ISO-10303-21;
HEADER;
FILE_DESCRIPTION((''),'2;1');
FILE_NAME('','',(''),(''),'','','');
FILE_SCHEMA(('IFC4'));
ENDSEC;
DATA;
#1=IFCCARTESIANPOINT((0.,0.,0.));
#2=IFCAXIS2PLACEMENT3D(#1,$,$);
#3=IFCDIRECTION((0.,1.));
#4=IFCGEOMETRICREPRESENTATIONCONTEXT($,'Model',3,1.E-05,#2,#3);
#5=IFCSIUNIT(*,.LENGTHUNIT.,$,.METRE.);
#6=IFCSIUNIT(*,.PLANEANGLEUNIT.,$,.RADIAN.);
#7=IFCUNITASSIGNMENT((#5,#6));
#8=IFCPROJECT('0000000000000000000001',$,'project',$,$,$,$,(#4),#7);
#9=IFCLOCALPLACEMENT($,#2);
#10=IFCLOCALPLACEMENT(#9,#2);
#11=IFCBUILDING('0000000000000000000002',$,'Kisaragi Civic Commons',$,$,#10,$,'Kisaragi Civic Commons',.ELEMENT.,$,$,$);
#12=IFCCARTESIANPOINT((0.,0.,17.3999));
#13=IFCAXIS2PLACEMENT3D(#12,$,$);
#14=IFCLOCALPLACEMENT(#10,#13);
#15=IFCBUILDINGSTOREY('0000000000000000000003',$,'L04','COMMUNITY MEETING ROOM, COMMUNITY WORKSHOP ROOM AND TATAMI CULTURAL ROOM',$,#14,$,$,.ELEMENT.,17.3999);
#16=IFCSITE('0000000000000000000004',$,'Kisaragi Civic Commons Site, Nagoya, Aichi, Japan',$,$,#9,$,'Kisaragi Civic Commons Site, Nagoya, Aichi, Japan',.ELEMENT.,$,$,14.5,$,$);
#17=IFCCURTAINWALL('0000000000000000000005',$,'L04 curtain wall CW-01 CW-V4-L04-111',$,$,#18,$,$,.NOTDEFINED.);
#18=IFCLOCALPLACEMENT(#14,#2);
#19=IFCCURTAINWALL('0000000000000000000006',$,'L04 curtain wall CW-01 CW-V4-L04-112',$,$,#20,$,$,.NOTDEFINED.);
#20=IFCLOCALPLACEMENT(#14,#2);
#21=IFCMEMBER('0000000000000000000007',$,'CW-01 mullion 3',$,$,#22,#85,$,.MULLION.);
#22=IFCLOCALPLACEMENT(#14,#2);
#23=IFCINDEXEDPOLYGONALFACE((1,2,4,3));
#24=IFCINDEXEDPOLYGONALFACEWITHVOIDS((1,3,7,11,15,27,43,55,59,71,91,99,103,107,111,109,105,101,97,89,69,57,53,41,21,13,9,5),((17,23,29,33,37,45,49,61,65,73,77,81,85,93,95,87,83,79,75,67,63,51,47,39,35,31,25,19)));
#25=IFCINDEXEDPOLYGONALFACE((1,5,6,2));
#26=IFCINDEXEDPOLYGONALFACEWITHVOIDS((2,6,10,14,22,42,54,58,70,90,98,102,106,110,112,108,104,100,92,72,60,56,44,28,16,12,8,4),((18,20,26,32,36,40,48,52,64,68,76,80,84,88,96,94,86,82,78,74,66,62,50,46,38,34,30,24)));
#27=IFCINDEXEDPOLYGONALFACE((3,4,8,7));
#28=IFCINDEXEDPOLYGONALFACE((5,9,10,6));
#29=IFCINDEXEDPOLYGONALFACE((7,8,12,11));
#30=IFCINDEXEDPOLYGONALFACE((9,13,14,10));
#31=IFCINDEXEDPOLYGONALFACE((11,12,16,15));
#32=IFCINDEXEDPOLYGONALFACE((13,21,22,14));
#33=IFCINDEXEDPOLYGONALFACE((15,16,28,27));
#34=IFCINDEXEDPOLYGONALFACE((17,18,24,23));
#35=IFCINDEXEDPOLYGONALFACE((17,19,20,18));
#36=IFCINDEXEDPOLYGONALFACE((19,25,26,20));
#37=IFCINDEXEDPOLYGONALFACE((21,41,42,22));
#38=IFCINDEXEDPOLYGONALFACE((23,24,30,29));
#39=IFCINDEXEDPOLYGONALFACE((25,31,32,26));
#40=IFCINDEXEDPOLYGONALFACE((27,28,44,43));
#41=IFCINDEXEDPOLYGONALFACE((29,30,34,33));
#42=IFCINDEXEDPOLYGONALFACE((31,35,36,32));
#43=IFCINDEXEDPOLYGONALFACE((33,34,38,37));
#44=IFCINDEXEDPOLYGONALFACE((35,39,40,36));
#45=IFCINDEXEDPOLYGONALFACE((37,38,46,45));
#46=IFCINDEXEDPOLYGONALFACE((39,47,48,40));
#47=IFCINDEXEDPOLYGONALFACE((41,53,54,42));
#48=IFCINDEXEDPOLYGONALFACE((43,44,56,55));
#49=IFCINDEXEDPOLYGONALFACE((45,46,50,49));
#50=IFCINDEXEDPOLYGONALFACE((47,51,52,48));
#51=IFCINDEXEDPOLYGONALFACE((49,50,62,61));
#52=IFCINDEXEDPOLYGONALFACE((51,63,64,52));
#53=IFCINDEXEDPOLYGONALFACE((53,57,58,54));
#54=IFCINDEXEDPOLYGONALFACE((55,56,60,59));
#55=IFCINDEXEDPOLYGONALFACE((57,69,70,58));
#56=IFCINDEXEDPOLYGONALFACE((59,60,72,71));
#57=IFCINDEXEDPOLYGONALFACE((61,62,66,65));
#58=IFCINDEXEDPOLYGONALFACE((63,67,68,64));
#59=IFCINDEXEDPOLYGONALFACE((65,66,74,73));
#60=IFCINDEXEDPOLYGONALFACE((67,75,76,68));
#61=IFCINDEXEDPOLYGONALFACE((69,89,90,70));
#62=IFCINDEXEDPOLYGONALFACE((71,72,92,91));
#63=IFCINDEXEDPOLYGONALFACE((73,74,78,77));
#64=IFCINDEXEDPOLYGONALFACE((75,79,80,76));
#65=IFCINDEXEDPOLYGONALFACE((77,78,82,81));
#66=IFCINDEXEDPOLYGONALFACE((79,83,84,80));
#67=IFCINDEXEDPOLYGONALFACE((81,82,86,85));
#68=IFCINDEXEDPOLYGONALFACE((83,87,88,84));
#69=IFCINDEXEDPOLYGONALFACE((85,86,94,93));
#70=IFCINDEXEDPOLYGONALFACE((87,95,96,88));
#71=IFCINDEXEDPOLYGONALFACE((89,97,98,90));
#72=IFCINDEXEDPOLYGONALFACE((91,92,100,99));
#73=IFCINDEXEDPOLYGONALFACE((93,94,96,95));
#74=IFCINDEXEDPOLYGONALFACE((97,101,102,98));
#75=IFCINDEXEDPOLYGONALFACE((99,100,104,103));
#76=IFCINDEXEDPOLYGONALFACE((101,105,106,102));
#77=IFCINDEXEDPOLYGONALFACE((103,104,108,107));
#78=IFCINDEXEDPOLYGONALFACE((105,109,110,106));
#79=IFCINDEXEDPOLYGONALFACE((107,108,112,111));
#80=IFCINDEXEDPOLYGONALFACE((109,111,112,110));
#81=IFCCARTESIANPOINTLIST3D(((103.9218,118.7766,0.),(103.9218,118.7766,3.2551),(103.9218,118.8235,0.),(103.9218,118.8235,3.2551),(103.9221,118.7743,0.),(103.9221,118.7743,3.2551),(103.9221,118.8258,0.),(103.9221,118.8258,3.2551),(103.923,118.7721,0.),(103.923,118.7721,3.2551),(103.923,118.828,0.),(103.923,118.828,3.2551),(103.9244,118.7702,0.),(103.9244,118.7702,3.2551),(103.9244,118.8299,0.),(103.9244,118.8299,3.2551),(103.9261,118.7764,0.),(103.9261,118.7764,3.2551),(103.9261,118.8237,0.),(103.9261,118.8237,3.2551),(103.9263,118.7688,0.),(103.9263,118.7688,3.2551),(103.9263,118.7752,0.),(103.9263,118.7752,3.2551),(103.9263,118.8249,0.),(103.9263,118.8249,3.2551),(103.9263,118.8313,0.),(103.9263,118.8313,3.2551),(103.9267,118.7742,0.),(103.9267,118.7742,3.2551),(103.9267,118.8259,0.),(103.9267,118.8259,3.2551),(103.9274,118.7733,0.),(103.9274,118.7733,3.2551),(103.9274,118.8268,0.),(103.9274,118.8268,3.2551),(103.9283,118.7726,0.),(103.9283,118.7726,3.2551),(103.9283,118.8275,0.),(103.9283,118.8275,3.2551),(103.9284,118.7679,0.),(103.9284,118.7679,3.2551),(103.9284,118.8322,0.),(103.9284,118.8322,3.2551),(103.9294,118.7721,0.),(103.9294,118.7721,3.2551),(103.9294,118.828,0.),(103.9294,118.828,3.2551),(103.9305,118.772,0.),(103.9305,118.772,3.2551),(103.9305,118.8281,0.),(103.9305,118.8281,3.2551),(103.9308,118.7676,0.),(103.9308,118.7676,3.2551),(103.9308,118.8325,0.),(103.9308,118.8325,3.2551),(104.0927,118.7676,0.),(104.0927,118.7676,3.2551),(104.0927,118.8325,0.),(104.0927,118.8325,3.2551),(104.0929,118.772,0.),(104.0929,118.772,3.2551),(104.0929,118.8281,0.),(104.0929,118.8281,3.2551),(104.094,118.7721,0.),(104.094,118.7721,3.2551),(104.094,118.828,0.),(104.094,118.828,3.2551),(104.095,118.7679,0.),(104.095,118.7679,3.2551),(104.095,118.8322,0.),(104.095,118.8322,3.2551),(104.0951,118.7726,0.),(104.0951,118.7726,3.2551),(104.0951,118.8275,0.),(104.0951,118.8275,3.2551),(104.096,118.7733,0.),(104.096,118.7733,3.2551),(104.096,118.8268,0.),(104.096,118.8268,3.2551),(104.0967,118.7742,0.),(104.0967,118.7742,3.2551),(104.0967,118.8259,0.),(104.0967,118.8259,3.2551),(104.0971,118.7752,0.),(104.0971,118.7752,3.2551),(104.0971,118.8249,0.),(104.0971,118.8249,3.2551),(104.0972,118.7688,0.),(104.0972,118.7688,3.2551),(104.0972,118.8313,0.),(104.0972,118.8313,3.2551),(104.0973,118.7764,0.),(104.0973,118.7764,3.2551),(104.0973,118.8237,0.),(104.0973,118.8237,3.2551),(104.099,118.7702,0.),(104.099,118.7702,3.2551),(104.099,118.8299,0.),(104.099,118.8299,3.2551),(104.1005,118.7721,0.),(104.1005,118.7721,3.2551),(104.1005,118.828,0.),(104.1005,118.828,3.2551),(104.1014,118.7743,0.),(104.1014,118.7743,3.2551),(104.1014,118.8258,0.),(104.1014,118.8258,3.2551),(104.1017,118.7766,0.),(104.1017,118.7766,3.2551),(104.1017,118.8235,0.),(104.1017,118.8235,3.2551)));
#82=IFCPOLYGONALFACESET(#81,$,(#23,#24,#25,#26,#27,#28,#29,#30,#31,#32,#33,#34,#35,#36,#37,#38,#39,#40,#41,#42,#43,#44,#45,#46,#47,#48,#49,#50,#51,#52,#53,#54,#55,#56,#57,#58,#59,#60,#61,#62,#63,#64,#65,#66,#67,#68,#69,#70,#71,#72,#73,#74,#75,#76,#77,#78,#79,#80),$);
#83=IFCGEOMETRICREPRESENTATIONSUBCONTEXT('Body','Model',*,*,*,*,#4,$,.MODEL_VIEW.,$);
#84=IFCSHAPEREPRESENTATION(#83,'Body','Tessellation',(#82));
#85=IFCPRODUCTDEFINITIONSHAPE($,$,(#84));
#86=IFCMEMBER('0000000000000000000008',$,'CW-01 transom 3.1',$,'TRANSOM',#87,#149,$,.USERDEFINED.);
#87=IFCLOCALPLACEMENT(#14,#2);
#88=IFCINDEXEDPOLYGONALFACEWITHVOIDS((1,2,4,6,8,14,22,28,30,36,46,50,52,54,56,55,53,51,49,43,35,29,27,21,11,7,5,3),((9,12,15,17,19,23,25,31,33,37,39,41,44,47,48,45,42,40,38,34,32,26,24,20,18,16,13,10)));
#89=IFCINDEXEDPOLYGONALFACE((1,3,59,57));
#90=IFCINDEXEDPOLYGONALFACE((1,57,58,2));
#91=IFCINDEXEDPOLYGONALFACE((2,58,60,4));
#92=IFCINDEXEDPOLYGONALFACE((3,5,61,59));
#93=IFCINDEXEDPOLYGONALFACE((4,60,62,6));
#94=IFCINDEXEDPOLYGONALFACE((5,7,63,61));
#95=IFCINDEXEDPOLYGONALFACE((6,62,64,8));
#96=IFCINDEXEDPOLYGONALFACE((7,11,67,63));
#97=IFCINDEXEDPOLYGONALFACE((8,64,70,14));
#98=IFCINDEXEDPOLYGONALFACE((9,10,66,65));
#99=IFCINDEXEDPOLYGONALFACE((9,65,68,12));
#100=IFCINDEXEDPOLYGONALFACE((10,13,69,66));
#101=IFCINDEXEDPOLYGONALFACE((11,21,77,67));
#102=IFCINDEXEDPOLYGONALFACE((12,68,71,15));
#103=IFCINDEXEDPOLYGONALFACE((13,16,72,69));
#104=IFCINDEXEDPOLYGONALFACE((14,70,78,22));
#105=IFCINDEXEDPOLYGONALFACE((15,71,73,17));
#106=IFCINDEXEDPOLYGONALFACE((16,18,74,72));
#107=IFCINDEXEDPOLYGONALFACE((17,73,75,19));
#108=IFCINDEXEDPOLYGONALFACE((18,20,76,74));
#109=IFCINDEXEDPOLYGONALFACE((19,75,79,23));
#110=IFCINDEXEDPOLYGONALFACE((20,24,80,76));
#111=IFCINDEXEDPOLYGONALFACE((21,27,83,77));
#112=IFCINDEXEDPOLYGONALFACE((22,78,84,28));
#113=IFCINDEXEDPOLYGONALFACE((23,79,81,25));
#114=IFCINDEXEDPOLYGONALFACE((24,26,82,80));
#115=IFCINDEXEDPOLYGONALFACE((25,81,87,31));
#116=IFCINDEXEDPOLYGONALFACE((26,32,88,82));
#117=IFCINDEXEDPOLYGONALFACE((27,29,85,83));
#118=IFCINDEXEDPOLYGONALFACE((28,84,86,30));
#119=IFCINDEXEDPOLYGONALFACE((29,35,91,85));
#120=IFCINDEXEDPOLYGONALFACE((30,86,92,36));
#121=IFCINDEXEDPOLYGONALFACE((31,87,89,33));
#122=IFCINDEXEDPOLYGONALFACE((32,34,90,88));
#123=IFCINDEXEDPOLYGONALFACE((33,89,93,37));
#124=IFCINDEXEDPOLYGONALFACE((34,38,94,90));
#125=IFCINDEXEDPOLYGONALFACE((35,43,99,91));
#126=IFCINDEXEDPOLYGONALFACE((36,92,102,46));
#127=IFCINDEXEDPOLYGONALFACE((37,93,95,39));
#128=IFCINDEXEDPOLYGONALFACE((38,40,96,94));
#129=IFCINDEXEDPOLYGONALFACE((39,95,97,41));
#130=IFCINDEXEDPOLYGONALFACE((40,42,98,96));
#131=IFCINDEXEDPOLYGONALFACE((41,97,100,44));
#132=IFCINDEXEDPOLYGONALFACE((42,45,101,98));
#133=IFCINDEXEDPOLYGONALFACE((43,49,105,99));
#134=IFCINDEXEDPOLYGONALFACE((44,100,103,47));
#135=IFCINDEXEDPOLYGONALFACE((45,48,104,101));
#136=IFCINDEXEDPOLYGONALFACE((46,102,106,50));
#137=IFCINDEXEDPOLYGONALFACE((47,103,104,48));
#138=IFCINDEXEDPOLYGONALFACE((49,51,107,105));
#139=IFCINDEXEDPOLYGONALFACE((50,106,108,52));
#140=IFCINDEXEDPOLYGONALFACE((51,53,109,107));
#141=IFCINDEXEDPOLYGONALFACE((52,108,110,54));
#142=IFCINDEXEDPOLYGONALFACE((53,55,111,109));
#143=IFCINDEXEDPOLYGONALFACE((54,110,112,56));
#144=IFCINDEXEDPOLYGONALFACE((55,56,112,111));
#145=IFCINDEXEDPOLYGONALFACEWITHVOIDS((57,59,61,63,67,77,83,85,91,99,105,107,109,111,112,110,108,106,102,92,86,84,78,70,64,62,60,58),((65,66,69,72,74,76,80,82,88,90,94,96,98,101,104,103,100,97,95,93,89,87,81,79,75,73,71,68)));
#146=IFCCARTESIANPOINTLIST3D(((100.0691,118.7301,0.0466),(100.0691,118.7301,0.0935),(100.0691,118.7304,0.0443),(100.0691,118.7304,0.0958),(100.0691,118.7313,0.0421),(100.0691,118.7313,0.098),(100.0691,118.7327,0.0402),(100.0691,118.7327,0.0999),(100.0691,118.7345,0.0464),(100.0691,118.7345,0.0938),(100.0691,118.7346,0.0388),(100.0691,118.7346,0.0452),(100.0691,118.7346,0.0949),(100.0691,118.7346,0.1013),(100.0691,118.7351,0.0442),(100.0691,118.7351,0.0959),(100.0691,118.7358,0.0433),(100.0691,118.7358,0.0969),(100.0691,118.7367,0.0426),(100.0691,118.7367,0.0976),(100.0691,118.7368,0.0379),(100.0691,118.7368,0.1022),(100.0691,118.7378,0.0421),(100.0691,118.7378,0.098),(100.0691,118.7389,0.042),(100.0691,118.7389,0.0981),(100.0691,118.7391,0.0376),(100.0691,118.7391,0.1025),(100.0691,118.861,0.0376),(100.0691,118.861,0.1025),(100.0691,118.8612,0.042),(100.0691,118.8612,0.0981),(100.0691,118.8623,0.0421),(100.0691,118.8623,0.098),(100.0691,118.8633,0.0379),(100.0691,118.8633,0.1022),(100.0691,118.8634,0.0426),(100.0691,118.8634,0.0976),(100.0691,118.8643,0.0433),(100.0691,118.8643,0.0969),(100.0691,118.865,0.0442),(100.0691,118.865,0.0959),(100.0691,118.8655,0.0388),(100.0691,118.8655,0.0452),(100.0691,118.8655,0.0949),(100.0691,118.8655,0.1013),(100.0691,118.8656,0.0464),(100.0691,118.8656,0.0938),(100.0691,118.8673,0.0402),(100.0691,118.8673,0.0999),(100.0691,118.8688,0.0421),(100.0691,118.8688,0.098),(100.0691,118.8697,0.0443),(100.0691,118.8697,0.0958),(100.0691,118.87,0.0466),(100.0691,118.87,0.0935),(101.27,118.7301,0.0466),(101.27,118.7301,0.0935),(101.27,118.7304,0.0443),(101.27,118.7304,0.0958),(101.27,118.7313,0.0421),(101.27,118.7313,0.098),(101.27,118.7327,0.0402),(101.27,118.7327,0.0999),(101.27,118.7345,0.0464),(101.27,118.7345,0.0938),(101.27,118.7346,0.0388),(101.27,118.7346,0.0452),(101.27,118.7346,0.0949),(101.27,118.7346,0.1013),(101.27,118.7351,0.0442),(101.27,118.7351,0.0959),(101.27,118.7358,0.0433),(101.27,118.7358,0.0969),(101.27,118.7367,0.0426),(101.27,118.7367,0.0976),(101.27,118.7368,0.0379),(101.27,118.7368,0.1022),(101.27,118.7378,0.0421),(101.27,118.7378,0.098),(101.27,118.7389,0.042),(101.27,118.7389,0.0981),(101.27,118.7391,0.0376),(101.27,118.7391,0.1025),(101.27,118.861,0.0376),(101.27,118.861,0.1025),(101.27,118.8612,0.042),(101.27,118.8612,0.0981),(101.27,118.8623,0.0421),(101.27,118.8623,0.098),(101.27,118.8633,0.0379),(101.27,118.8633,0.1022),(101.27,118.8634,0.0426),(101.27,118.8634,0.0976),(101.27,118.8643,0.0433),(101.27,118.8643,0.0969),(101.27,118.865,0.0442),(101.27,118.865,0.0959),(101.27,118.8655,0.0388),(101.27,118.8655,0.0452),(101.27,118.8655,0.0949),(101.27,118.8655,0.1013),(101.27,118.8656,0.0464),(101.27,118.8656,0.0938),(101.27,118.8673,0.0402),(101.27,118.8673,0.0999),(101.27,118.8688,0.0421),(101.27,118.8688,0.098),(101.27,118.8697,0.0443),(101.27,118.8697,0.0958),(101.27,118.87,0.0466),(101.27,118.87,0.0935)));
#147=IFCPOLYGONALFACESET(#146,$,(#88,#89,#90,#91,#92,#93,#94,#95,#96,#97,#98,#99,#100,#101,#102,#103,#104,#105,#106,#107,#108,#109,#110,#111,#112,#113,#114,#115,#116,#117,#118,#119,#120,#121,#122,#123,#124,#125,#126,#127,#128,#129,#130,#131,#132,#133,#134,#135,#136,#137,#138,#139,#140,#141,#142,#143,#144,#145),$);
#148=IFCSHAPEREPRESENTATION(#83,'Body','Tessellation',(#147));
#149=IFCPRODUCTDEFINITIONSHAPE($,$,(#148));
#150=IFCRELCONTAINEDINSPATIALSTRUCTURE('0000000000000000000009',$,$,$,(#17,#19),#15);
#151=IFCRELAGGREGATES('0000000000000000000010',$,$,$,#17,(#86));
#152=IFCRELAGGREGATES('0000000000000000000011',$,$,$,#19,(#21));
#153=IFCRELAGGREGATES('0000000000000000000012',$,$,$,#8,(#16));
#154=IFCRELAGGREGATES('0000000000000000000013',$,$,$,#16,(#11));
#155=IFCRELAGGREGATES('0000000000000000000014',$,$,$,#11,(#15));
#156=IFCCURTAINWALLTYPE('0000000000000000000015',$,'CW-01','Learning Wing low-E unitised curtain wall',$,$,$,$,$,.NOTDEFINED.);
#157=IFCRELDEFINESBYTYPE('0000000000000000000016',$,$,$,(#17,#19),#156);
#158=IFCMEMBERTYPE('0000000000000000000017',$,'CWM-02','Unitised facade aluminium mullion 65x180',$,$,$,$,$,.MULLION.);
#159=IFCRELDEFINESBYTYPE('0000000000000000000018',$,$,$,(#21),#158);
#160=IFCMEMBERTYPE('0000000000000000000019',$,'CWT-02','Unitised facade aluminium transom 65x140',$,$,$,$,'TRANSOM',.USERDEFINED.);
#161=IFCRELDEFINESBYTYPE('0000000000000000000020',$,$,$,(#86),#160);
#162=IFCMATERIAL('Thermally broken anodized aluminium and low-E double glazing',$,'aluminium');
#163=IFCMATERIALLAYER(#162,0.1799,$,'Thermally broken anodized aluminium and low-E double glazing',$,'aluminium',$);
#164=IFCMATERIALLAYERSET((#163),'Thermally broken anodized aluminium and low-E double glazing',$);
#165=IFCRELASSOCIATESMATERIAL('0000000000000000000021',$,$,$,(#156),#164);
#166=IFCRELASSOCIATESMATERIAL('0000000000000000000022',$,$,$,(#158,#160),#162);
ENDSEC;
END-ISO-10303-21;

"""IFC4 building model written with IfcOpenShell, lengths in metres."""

from ifc_helpers import new_model, si_unit, direction, frame, origin, origin_2d, place, context, subcontext, project, spatial, hollow_rectangle, extrude, material, layer, layer_set, material_profile, profile_set, type_object, element, aggregate, save


model = new_model("IFC4")

# Units and contexts
model_context = context("Model", 3, precision=1e-05, world=origin(), true_north=direction((0.0, 1.0)))
body_context = subcontext(model_context, "Body", "Model", "MODEL_VIEW")
ifc_project = project(units=[si_unit("LENGTHUNIT", "METRE"), si_unit("PLANEANGLEUNIT", "RADIAN")], contexts=[model_context])

# Site, building, storey
site_placement = place(None, origin())
site = spatial("IfcSite", under=ifc_project, at=site_placement, Name="Kisaragi Civic Commons Site, Nagoya, Aichi, Japan", LongName="Kisaragi Civic Commons Site, Nagoya, Aichi, Japan", CompositionType="ELEMENT", RefElevation=14.5)
building_placement = place(site_placement, origin())
building = spatial("IfcBuilding", under=site, at=building_placement, Name="Kisaragi Civic Commons", LongName="Kisaragi Civic Commons", CompositionType="ELEMENT")
storey_placement = place(building_placement, frame((0.0, 0.0, 17.3999)))
storey = spatial("IfcBuildingStorey", under=building, at=storey_placement, Name="L04", Description="COMMUNITY MEETING ROOM, COMMUNITY WORKSHOP ROOM AND TATAMI CULTURAL ROOM", CompositionType="ELEMENT", Elevation=17.3999)

# Curtain walls, member
ifc_material_1 = material(Name="Thermally broken anodized aluminium and low-E double glazing", Category="aluminium")
ifc_layer_1 = layer(ifc_material_1, 0.1799, Name="Thermally broken anodized aluminium and low-E double glazing", Category="aluminium")
ifc_layer_set_1 = layer_set([ifc_layer_1], Name="Thermally broken anodized aluminium and low-E double glazing")
curtain_wall_type = type_object("IfcCurtainWallType", Name="CW-01", Description="Learning Wing low-E unitised curtain wall", PredefinedType="NOTDEFINED", material=ifc_layer_set_1)
curtain_wall_1_placement = place(storey_placement, origin())
curtain_wall_1 = element("IfcCurtainWall", 1, at=curtain_wall_1_placement, inside=storey, type_object=curtain_wall_type, Name="L04 curtain wall CW-01 CW-V4-L04-111", PredefinedType="NOTDEFINED")
ifc_material_profile_1 = material_profile(ifc_material_1, hollow_rectangle(XDim=0.0649, YDim=0.1799, WallThickness=0.0044, InnerFilletRadius=0.0044, OuterFilletRadius=0.009, at=origin_2d()), Name="CWM-65x180x4.5", Category="aluminium")
ifc_profile_set_1 = profile_set([ifc_material_profile_1], Name="Thermally broken anodized aluminium and low-E double glazing")
member_type_1 = type_object("IfcMemberType", Name="CWM-02", Description="Unitised facade aluminium mullion 65x180", PredefinedType="MULLION", material=ifc_profile_set_1)
curtain_wall_2_placement = place(storey_placement, origin())
curtain_wall_2 = element("IfcCurtainWall", 2, at=curtain_wall_2_placement, inside=storey, type_object=curtain_wall_type, Name="L04 curtain wall CW-01 CW-V4-L04-112", PredefinedType="NOTDEFINED")
member_1_placement = place(storey_placement, frame((104.0117, 118.8, 0.0), z_axis=(0.0, 0.0, 1.0), x_axis=(0.0, 1.0, 0.0)))
member_1 = element("IfcMember", 3, at=member_1_placement, type_object=member_type_1, Name="CW-01 mullion 3", PredefinedType="MULLION", context=body_context, shape_type="SweptSolid", body=[
    extrude(hollow_rectangle(XDim=0.0649, YDim=0.1799, WallThickness=0.0044, InnerFilletRadius=0.0044, OuterFilletRadius=0.009, at=origin_2d()), origin(), (0.0, 0.0, 1.0), 3.2551),
])

# Member
ifc_material_profile_2 = material_profile(ifc_material_1, hollow_rectangle(XDim=0.1399, YDim=0.0649, WallThickness=0.0044, InnerFilletRadius=0.0044, OuterFilletRadius=0.009, at=origin_2d()), Name="CWT-65x140x4.5", Category="aluminium")
ifc_profile_set_2 = profile_set([ifc_material_profile_2], Name="Thermally broken anodized aluminium and low-E double glazing")
member_type_2 = type_object("IfcMemberType", Name="CWT-02", Description="Unitised facade aluminium transom 65x140", ElementType="TRANSOM", PredefinedType="USERDEFINED", material=ifc_profile_set_2)
member_2_placement = place(storey_placement, frame((100.0691, 118.8, 0.0701), z_axis=(1.0, 0.0, 0.0), x_axis=(0.0, 1.0, 0.0)))
member_2 = element("IfcMember", 4, at=member_2_placement, type_object=member_type_2, Name="CW-01 transom 3.1", ObjectType="TRANSOM", PredefinedType="USERDEFINED", context=body_context, shape_type="SweptSolid", body=[
    extrude(hollow_rectangle(XDim=0.1399, YDim=0.0649, WallThickness=0.0044, InnerFilletRadius=0.0044, OuterFilletRadius=0.009, at=origin_2d()), origin(), (0.0, 0.0, 1.0), 1.2009),
])

aggregate(curtain_wall_1, [member_2])
aggregate(curtain_wall_2, [member_1])

save(model, "model.ifc")
